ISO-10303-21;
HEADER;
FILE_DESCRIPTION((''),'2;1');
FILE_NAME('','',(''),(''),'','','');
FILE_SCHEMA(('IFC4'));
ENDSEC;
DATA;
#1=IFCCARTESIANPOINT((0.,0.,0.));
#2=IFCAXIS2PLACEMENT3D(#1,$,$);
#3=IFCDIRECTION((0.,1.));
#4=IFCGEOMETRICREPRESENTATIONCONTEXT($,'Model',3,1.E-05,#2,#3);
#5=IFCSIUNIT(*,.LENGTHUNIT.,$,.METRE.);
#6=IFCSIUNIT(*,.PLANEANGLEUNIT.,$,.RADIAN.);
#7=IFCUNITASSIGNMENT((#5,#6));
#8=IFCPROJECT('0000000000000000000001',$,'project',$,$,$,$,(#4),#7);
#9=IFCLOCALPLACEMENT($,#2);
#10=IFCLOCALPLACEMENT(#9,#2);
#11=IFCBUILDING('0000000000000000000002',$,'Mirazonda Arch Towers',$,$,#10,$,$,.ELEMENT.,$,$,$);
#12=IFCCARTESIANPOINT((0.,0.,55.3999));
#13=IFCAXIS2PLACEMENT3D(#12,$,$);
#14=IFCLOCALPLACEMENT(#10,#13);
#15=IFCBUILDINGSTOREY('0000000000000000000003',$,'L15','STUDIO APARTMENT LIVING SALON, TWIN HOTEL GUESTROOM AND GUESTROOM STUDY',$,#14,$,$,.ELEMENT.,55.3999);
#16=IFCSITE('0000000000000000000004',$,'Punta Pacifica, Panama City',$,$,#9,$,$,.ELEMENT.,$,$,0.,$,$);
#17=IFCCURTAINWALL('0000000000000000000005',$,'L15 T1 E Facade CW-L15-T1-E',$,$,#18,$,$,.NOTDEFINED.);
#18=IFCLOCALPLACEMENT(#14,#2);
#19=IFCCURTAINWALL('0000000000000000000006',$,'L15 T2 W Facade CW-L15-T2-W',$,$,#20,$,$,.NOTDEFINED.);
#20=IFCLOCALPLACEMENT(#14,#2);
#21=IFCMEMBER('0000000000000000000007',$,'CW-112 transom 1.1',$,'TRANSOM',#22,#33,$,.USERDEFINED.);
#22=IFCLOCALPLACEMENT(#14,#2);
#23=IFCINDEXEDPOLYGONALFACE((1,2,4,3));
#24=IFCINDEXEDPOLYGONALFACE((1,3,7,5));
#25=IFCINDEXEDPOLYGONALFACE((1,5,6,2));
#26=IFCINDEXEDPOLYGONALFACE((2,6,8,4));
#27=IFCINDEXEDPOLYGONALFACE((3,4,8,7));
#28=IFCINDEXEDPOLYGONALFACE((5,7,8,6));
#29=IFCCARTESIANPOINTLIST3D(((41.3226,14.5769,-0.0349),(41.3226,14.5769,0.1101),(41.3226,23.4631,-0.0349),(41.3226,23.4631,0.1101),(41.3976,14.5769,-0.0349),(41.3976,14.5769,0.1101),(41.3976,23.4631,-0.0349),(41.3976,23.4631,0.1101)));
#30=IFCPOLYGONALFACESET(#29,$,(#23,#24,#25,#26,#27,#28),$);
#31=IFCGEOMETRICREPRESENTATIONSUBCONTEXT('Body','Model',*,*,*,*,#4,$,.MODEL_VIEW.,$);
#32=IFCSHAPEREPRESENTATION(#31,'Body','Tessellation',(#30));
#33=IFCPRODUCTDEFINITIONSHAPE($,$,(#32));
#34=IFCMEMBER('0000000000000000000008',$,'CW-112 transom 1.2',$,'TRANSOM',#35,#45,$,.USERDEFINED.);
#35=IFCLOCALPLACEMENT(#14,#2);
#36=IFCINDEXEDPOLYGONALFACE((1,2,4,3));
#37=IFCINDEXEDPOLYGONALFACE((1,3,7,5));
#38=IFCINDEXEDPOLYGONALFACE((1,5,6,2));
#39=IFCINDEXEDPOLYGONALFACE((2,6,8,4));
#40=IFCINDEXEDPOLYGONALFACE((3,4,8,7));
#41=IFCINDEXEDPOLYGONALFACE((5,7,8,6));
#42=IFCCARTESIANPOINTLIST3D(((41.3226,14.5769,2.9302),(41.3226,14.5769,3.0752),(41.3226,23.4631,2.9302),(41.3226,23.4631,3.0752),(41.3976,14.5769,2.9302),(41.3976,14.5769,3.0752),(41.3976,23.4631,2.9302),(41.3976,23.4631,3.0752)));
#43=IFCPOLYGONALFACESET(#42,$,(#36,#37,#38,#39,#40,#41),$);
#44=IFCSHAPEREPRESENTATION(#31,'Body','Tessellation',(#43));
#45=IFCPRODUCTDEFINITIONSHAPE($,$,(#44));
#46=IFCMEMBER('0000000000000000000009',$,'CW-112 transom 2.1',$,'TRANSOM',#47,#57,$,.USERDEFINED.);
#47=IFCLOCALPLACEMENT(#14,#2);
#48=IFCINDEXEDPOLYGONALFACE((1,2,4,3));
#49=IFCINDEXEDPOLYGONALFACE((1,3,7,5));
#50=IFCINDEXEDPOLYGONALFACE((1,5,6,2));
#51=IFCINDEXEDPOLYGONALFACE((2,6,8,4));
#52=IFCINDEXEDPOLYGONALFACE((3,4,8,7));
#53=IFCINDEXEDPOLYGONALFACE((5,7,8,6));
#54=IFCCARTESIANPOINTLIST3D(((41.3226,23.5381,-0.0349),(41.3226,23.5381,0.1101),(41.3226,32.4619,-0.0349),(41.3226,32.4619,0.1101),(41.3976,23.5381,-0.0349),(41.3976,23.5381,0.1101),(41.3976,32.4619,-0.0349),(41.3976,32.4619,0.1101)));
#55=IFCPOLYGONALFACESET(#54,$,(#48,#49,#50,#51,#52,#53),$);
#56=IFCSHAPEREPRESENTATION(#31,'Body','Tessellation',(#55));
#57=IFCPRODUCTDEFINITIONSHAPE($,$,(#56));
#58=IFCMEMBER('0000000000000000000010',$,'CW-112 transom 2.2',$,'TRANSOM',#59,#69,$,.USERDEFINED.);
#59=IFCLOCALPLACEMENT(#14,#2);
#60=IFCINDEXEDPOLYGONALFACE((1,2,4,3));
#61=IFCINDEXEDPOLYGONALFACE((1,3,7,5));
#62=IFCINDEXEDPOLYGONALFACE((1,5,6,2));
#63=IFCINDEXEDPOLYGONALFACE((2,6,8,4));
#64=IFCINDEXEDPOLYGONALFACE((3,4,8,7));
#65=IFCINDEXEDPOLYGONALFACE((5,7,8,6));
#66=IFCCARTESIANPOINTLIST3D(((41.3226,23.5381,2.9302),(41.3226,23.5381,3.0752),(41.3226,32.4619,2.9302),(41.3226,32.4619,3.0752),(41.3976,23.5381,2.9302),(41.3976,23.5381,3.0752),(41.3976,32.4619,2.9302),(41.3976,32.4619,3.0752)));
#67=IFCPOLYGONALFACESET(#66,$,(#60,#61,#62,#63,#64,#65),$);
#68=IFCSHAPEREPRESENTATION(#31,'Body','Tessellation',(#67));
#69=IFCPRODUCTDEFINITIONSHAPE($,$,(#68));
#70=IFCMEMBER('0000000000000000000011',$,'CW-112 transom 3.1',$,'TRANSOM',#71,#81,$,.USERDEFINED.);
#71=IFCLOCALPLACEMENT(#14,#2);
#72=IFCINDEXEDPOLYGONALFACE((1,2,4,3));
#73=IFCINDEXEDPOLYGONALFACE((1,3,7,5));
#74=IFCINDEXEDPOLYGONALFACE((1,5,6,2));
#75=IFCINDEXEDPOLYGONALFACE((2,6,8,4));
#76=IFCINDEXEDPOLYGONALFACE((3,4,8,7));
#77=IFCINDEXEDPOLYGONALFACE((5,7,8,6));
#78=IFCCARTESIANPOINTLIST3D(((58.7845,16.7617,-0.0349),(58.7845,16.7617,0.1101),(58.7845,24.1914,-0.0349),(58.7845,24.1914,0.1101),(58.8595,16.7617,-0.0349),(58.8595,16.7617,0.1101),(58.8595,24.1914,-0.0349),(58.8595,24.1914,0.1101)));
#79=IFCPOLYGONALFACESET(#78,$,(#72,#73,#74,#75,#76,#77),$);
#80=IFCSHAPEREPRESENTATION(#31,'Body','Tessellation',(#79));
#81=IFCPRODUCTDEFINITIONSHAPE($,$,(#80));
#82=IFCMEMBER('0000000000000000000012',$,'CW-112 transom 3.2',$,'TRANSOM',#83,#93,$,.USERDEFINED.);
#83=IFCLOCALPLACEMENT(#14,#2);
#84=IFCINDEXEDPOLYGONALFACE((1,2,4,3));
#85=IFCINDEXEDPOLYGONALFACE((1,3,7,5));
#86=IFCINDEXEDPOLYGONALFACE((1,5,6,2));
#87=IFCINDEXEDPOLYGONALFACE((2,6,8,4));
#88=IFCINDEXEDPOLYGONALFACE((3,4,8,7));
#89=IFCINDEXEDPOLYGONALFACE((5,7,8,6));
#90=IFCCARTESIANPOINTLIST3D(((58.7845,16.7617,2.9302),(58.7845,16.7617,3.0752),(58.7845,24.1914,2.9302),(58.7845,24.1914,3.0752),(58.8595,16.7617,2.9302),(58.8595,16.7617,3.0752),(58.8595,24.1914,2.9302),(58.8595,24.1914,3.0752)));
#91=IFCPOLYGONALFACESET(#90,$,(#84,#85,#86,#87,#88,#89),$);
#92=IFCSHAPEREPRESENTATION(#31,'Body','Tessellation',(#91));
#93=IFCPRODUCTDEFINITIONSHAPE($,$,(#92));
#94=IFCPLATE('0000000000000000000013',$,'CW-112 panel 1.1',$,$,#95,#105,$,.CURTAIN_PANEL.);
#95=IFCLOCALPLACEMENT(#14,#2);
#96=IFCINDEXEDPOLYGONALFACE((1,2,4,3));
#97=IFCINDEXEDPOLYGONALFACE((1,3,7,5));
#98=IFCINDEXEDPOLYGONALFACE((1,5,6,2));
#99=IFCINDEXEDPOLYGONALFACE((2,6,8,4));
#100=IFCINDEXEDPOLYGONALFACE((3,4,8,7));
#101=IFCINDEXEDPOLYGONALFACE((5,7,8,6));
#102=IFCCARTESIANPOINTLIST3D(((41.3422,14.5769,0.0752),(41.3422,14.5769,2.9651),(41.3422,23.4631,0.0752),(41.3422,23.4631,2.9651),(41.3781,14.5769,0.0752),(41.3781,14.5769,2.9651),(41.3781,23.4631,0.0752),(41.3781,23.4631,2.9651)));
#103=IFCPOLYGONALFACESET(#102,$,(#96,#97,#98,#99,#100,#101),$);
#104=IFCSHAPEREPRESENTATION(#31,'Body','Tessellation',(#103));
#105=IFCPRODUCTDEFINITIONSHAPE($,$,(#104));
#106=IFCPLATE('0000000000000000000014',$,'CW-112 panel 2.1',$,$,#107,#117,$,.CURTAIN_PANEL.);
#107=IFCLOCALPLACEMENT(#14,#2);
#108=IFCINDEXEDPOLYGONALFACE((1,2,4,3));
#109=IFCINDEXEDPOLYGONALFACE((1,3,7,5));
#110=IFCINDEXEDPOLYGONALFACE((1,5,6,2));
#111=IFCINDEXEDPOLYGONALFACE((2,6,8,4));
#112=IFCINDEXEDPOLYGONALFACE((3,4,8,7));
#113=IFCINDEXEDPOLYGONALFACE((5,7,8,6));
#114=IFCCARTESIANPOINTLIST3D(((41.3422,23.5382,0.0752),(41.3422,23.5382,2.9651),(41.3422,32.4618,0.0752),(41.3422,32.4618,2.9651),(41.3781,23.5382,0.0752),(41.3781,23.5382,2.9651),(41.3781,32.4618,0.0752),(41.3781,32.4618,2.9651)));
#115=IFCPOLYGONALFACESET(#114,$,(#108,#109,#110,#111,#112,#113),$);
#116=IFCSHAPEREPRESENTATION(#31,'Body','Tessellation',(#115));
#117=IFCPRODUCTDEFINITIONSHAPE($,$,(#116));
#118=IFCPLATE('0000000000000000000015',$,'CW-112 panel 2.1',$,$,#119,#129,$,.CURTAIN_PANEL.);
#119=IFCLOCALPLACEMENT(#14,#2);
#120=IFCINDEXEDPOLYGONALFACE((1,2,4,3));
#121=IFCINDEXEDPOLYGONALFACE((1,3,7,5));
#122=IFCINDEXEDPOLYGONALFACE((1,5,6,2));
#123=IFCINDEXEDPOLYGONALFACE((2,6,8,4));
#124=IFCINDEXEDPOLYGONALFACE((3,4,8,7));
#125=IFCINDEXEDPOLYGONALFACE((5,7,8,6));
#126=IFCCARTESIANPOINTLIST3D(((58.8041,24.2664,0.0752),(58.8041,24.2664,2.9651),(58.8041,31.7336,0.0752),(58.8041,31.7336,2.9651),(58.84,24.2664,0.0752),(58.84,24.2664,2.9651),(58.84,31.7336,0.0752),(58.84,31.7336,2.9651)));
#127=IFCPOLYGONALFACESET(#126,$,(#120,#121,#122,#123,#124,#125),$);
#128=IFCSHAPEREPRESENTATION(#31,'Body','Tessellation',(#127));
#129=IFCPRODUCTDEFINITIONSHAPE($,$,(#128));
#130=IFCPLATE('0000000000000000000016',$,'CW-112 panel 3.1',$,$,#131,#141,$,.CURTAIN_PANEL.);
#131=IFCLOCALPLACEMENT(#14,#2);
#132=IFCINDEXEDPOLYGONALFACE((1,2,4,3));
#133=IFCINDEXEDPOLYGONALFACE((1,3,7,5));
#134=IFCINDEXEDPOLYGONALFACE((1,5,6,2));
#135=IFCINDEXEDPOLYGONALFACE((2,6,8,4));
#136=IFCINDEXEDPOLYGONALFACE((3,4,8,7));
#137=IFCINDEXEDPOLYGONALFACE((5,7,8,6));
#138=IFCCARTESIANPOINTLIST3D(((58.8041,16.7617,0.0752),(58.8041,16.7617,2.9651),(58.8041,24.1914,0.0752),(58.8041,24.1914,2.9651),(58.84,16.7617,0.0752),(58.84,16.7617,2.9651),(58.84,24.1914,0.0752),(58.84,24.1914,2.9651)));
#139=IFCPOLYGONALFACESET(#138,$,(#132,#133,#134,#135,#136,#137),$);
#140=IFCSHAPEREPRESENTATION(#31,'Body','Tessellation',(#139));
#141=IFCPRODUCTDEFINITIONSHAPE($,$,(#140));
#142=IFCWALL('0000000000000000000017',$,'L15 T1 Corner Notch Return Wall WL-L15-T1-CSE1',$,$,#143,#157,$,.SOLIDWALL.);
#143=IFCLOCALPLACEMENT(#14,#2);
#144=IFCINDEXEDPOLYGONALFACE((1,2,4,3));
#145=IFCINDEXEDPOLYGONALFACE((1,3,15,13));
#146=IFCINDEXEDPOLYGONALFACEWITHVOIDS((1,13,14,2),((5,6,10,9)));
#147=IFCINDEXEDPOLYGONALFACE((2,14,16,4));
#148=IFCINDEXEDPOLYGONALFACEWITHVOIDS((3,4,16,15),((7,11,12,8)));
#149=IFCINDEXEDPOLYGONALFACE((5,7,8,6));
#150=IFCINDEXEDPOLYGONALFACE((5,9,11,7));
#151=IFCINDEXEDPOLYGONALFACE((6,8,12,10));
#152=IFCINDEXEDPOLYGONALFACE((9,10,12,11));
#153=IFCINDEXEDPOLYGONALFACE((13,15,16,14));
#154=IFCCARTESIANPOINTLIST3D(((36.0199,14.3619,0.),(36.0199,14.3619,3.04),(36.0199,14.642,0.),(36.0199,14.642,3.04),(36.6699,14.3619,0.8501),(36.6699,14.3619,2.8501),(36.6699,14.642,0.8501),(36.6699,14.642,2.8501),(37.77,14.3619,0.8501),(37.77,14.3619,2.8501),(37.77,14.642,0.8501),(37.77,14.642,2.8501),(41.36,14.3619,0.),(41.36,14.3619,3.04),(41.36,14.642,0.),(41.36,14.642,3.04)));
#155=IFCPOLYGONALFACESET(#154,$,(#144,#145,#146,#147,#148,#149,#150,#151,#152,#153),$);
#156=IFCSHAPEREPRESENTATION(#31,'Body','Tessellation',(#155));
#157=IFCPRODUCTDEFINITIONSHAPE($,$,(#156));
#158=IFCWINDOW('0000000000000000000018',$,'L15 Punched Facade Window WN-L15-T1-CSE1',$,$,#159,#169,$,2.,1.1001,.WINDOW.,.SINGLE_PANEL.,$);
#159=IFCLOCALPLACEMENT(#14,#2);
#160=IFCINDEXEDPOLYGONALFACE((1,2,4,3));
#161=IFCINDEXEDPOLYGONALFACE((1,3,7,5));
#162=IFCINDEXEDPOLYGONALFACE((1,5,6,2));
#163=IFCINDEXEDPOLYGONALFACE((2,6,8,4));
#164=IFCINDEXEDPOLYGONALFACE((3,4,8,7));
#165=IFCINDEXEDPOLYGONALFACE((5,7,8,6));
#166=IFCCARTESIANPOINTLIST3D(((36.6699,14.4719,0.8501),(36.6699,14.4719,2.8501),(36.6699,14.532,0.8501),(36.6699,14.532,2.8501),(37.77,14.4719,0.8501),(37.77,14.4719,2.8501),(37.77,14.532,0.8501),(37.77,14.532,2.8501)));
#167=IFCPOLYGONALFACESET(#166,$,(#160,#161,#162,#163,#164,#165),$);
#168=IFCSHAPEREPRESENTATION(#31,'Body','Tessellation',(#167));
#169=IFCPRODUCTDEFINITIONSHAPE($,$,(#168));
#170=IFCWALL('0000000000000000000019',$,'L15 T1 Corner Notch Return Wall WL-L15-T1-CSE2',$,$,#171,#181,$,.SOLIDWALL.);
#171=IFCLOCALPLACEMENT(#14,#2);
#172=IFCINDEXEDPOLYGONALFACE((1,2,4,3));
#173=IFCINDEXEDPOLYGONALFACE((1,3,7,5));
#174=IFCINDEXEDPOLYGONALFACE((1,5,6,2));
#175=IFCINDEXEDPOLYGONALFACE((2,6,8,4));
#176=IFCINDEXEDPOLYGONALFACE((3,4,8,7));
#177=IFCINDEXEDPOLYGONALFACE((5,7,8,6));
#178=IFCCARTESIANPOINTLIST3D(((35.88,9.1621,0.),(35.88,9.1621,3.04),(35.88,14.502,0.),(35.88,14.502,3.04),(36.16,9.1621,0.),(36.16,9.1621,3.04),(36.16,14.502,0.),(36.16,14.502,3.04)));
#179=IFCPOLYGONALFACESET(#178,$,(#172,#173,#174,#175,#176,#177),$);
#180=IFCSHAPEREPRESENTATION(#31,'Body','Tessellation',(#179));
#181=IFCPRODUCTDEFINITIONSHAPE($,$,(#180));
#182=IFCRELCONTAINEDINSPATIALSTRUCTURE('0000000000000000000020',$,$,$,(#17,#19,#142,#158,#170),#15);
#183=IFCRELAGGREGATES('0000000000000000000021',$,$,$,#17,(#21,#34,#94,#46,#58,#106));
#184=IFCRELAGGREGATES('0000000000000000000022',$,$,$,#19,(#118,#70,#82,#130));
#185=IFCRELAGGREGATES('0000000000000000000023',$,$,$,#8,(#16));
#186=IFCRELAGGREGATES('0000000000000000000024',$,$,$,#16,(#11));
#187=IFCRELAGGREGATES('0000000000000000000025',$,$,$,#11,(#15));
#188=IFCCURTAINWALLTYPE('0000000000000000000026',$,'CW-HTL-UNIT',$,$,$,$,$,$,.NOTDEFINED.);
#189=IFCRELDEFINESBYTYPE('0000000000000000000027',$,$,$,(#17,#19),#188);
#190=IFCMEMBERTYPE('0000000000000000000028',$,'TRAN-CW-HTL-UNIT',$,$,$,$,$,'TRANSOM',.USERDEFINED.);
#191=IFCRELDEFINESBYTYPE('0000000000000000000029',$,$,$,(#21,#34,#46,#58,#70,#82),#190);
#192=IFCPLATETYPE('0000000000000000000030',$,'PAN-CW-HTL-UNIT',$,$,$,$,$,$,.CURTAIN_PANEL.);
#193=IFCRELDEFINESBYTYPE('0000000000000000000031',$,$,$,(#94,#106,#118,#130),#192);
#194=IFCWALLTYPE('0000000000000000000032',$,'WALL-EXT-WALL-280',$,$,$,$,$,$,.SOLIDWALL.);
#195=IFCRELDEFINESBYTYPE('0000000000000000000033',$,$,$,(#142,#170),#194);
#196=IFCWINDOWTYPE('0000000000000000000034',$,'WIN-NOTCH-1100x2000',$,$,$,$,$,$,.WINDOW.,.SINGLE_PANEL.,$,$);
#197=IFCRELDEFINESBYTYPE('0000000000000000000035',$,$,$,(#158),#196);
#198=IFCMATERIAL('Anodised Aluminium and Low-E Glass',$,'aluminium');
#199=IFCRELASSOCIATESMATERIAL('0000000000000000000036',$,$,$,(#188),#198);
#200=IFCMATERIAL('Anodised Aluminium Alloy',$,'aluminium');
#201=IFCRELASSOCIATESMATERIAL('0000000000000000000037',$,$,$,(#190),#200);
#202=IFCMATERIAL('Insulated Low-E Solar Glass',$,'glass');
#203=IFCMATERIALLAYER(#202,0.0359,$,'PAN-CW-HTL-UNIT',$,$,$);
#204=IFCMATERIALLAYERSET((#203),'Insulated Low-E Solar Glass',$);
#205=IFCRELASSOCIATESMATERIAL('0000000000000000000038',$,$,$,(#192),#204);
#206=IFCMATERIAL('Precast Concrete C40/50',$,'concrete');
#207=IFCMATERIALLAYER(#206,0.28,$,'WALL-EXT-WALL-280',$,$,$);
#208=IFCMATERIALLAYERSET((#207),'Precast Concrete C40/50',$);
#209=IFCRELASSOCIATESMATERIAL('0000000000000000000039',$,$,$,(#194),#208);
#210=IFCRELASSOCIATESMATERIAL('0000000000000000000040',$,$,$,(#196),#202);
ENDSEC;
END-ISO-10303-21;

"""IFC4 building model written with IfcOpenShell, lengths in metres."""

from ifc_helpers import new_model, si_unit, direction, frame, frame_2d, origin, origin_2d, place, context, subcontext, project, spatial, rectangle, extrude, material, layer, layer_set, material_profile, profile_set, type_object, element, fill, aggregate, save


model = new_model("IFC4")

# Units and contexts
model_context = context("Model", 3, precision=1e-05, world=origin(), true_north=direction((0.0, 1.0)))
body_context = subcontext(model_context, "Body", "Model", "MODEL_VIEW")
ifc_project = project(units=[si_unit("LENGTHUNIT", "METRE"), si_unit("PLANEANGLEUNIT", "RADIAN")], contexts=[model_context])

# Site, building, storey
site_placement = place(None, origin())
site = spatial("IfcSite", under=ifc_project, at=site_placement, Name="Punta Pacifica, Panama City", CompositionType="ELEMENT", RefElevation=0.0)
building_placement = place(site_placement, origin())
building = spatial("IfcBuilding", under=site, at=building_placement, Name="Mirazonda Arch Towers", CompositionType="ELEMENT")
storey_placement = place(building_placement, frame((0.0, 0.0, 55.3999)))
storey = spatial("IfcBuildingStorey", under=building, at=storey_placement, Name="L15", Description="STUDIO APARTMENT LIVING SALON, TWIN HOTEL GUESTROOM AND GUESTROOM STUDY", CompositionType="ELEMENT", Elevation=55.3999)

# Curtain walls
ifc_material_1 = material(Name="Anodised Aluminium and Low-E Glass", Category="aluminium")
curtain_wall_type = type_object("IfcCurtainWallType", Name="CW-HTL-UNIT", PredefinedType="NOTDEFINED", material=ifc_material_1)
curtain_wall_1_placement = place(storey_placement, origin())
curtain_wall_1 = element("IfcCurtainWall", 1, at=curtain_wall_1_placement, inside=storey, type_object=curtain_wall_type, Name="L15 T1 E Facade CW-L15-T1-E", PredefinedType="NOTDEFINED")
ifc_material_2 = material(Name="Anodised Aluminium Alloy", Category="aluminium")
curtain_wall_2_placement = place(storey_placement, origin())
curtain_wall_2 = element("IfcCurtainWall", 2, at=curtain_wall_2_placement, inside=storey, type_object=curtain_wall_type, Name="L15 T2 W Facade CW-L15-T2-W", PredefinedType="NOTDEFINED")

# Members
ifc_material_profile_1 = material_profile(ifc_material_2, rectangle(XDim=0.075, YDim=0.145, at=origin_2d()), Name="ALU-TRAN-75x145")
ifc_profile_set_1 = profile_set([ifc_material_profile_1], Name="Anodised Aluminium Alloy")
member_type_1 = type_object("IfcMemberType", Name="TRAN-CW-HTL-UNIT", ElementType="TRANSOM", PredefinedType="USERDEFINED", material=ifc_profile_set_1)
member_1_placement = place(storey_placement, frame((41.3601, 14.5769, 0.0376), z_axis=(0.0, 1.0, 0.0), x_axis=(-1.0, 0.0, 0.0)))
member_1 = element("IfcMember", 3, at=member_1_placement, type_object=member_type_1, Name="CW-112 transom 1.1", ObjectType="TRANSOM", PredefinedType="USERDEFINED", context=body_context, shape_type="SweptSolid", body=[
    extrude(rectangle(XDim=0.075, YDim=0.145, at=origin_2d()), origin(), (0.0, 0.0, 1.0), 8.8862),
])
member_2_placement = place(storey_placement, frame((41.3601, 14.5769, 3.0027), z_axis=(0.0, 1.0, 0.0), x_axis=(-1.0, 0.0, 0.0)))
member_2 = element("IfcMember", 4, at=member_2_placement, type_object=member_type_1, Name="CW-112 transom 1.2", ObjectType="TRANSOM", PredefinedType="USERDEFINED", context=body_context, shape_type="SweptSolid", body=[
    extrude(rectangle(XDim=0.075, YDim=0.145, at=origin_2d()), origin(), (0.0, 0.0, 1.0), 8.8862),
])
member_3_placement = place(storey_placement, frame((41.3601, 23.5381, 0.0376), z_axis=(0.0, 1.0, 0.0), x_axis=(-1.0, 0.0, 0.0)))
member_3 = element("IfcMember", 5, at=member_3_placement, type_object=member_type_1, Name="CW-112 transom 2.1", ObjectType="TRANSOM", PredefinedType="USERDEFINED", context=body_context, shape_type="SweptSolid", body=[
    extrude(rectangle(XDim=0.075, YDim=0.145, at=origin_2d()), origin(), (0.0, 0.0, 1.0), 8.9238),
])
member_4_placement = place(storey_placement, frame((41.3601, 23.5381, 3.0027), z_axis=(0.0, 1.0, 0.0), x_axis=(-1.0, 0.0, 0.0)))
member_4 = element("IfcMember", 6, at=member_4_placement, type_object=member_type_1, Name="CW-112 transom 2.2", ObjectType="TRANSOM", PredefinedType="USERDEFINED", context=body_context, shape_type="SweptSolid", body=[
    extrude(rectangle(XDim=0.075, YDim=0.145, at=origin_2d()), origin(), (0.0, 0.0, 1.0), 8.9238),
])
member_5_placement = place(storey_placement, frame((58.822, 24.1914, 0.0376), z_axis=(0.0, -1.0, 0.0), x_axis=(1.0, 0.0, 0.0)))
member_5 = element("IfcMember", 7, at=member_5_placement, type_object=member_type_1, Name="CW-112 transom 3.1", ObjectType="TRANSOM", PredefinedType="USERDEFINED", context=body_context, shape_type="SweptSolid", body=[
    extrude(rectangle(XDim=0.075, YDim=0.145, at=origin_2d()), origin(), (0.0, 0.0, 1.0), 7.4297),
])
member_6_placement = place(storey_placement, frame((58.822, 24.1914, 3.0027), z_axis=(0.0, -1.0, 0.0), x_axis=(1.0, 0.0, 0.0)))
member_6 = element("IfcMember", 8, at=member_6_placement, type_object=member_type_1, Name="CW-112 transom 3.2", ObjectType="TRANSOM", PredefinedType="USERDEFINED", context=body_context, shape_type="SweptSolid", body=[
    extrude(rectangle(XDim=0.075, YDim=0.145, at=origin_2d()), origin(), (0.0, 0.0, 1.0), 7.4297),
])

# Plates
ifc_material_3 = material(Name="Insulated Low-E Solar Glass", Category="glass")
ifc_layer_1 = layer(ifc_material_3, 0.0359, Name="PAN-CW-HTL-UNIT")
ifc_layer_set_1 = layer_set([ifc_layer_1], Name="Insulated Low-E Solar Glass")
plate_type = type_object("IfcPlateType", Name="PAN-CW-HTL-UNIT", PredefinedType="CURTAIN_PANEL", material=ifc_layer_set_1)
plate_1_placement = place(storey_placement, frame((41.3601, 19.02, 0.0752), z_axis=(0.0, 0.0, 1.0), x_axis=(0.0, 1.0, 0.0)))
plate_1 = element("IfcPlate", 9, at=plate_1_placement, type_object=plate_type, Name="CW-112 panel 1.1", PredefinedType="CURTAIN_PANEL", context=body_context, shape_type="SweptSolid", body=[
    extrude(rectangle(XDim=8.8862, YDim=0.0359, at=origin_2d()), origin(), (0.0, 0.0, 1.0), 2.8899),
])
plate_2_placement = place(storey_placement, frame((41.3601, 28.0, 0.0752), z_axis=(0.0, 0.0, 1.0), x_axis=(0.0, 1.0, 0.0)))
plate_2 = element("IfcPlate", 10, at=plate_2_placement, type_object=plate_type, Name="CW-112 panel 2.1", PredefinedType="CURTAIN_PANEL", context=body_context, shape_type="SweptSolid", body=[
    extrude(rectangle(XDim=8.9236, YDim=0.0359, at=origin_2d()), origin(), (0.0, 0.0, 1.0), 2.8899),
])
aggregate(curtain_wall_1, [member_1, member_2, plate_1, member_3, member_4, plate_2])
plate_3_placement = place(storey_placement, frame((58.822, 28.0, 0.0752), z_axis=(0.0, 0.0, 1.0), x_axis=(0.0, -1.0, 0.0)))
plate_3 = element("IfcPlate", 11, at=plate_3_placement, type_object=plate_type, Name="CW-112 panel 2.1", PredefinedType="CURTAIN_PANEL", context=body_context, shape_type="SweptSolid", body=[
    extrude(rectangle(XDim=7.4673, YDim=0.0359, at=origin_2d()), origin(), (0.0, 0.0, 1.0), 2.8899),
])
plate_4_placement = place(storey_placement, frame((58.822, 20.4766, 0.0752), z_axis=(0.0, 0.0, 1.0), x_axis=(0.0, -1.0, 0.0)))
plate_4 = element("IfcPlate", 12, at=plate_4_placement, type_object=plate_type, Name="CW-112 panel 3.1", PredefinedType="CURTAIN_PANEL", context=body_context, shape_type="SweptSolid", body=[
    extrude(rectangle(XDim=7.4297, YDim=0.0359, at=origin_2d()), origin(), (0.0, 0.0, 1.0), 2.8899),
])
aggregate(curtain_wall_2, [plate_3, member_5, member_6, plate_4])

# Wall, opening, window
ifc_material_4 = material(Name="Precast Concrete C40/50", Category="concrete")
ifc_layer_2 = layer(ifc_material_4, 0.28, Name="WALL-EXT-WALL-280")
ifc_layer_set_2 = layer_set([ifc_layer_2], Name="Precast Concrete C40/50")
wall_type_1 = type_object("IfcWallType", Name="WALL-EXT-WALL-280", PredefinedType="SOLIDWALL", material=ifc_layer_set_2)
wall_1_placement = place(storey_placement, frame((36.02, 14.502, 0.0), z_axis=(0.0, 0.0, 1.0), x_axis=(1.0, 0.0, 0.0)))
wall_1 = element("IfcWall", 13, at=wall_1_placement, inside=storey, type_object=wall_type_1, Name="L15 T1 Corner Notch Return Wall WL-L15-T1-CSE1", PredefinedType="SOLIDWALL", context=body_context, shape_type="SweptSolid", body=[
    extrude(rectangle(XDim=5.3401, YDim=0.28, at=frame_2d((2.6699, 0.0))), origin(), (0.0, 0.0, 1.0), 3.04),
])
opening_1_placement = place(wall_1_placement, frame((0.6499, 0.0, 0.8501)))
opening_1 = element("IfcOpeningElement", 14, at=opening_1_placement, cuts=wall_1, PredefinedType="OPENING", context=body_context, shape_type="SweptSolid", body=[
    extrude(rectangle(XDim=1.1001, YDim=2.0, at=frame_2d((0.55, 1.0))), frame((0.0, 0.1499, 0.0), z_axis=(0.0, -1.0, 0.0), x_axis=(1.0, 0.0, 0.0)), (0.0, 0.0, 1.0), 0.3),
])
window_type_1 = type_object("IfcWindowType", Name="WIN-NOTCH-1100x2000", PartitioningType="SINGLE_PANEL", PredefinedType="WINDOW", material=ifc_material_3)
window_1_placement = place(opening_1_placement, origin())
window_1 = element("IfcWindow", 15, at=window_1_placement, inside=storey, type_object=window_type_1, Name="L15 Punched Facade Window WN-L15-T1-CSE1", OverallHeight=2.0, OverallWidth=1.1001, PartitioningType="SINGLE_PANEL", PredefinedType="WINDOW", context=body_context, shape_type="SweptSolid", body=[
    extrude(rectangle(XDim=1.1001, YDim=2.0, at=frame_2d((0.55, 1.0))), frame((0.0, 0.03, 0.0), z_axis=(0.0, -1.0, 0.0), x_axis=(1.0, 0.0, 0.0)), (0.0, 0.0, 1.0), 0.0601),
])
fill(opening_1, window_1)

# Wall
wall_2_placement = place(storey_placement, frame((36.02, 9.1621, 0.0), z_axis=(0.0, 0.0, 1.0), x_axis=(0.0, 1.0, 0.0)))
element("IfcWall", 16, at=wall_2_placement, inside=storey, type_object=wall_type_1, Name="L15 T1 Corner Notch Return Wall WL-L15-T1-CSE2", PredefinedType="SOLIDWALL", context=body_context, shape_type="SweptSolid", body=[
    extrude(rectangle(XDim=5.3398, YDim=0.28, at=frame_2d((2.6699, 0.0))), origin(), (0.0, 0.0, 1.0), 3.04),
])

save(model, "model.ifc")
